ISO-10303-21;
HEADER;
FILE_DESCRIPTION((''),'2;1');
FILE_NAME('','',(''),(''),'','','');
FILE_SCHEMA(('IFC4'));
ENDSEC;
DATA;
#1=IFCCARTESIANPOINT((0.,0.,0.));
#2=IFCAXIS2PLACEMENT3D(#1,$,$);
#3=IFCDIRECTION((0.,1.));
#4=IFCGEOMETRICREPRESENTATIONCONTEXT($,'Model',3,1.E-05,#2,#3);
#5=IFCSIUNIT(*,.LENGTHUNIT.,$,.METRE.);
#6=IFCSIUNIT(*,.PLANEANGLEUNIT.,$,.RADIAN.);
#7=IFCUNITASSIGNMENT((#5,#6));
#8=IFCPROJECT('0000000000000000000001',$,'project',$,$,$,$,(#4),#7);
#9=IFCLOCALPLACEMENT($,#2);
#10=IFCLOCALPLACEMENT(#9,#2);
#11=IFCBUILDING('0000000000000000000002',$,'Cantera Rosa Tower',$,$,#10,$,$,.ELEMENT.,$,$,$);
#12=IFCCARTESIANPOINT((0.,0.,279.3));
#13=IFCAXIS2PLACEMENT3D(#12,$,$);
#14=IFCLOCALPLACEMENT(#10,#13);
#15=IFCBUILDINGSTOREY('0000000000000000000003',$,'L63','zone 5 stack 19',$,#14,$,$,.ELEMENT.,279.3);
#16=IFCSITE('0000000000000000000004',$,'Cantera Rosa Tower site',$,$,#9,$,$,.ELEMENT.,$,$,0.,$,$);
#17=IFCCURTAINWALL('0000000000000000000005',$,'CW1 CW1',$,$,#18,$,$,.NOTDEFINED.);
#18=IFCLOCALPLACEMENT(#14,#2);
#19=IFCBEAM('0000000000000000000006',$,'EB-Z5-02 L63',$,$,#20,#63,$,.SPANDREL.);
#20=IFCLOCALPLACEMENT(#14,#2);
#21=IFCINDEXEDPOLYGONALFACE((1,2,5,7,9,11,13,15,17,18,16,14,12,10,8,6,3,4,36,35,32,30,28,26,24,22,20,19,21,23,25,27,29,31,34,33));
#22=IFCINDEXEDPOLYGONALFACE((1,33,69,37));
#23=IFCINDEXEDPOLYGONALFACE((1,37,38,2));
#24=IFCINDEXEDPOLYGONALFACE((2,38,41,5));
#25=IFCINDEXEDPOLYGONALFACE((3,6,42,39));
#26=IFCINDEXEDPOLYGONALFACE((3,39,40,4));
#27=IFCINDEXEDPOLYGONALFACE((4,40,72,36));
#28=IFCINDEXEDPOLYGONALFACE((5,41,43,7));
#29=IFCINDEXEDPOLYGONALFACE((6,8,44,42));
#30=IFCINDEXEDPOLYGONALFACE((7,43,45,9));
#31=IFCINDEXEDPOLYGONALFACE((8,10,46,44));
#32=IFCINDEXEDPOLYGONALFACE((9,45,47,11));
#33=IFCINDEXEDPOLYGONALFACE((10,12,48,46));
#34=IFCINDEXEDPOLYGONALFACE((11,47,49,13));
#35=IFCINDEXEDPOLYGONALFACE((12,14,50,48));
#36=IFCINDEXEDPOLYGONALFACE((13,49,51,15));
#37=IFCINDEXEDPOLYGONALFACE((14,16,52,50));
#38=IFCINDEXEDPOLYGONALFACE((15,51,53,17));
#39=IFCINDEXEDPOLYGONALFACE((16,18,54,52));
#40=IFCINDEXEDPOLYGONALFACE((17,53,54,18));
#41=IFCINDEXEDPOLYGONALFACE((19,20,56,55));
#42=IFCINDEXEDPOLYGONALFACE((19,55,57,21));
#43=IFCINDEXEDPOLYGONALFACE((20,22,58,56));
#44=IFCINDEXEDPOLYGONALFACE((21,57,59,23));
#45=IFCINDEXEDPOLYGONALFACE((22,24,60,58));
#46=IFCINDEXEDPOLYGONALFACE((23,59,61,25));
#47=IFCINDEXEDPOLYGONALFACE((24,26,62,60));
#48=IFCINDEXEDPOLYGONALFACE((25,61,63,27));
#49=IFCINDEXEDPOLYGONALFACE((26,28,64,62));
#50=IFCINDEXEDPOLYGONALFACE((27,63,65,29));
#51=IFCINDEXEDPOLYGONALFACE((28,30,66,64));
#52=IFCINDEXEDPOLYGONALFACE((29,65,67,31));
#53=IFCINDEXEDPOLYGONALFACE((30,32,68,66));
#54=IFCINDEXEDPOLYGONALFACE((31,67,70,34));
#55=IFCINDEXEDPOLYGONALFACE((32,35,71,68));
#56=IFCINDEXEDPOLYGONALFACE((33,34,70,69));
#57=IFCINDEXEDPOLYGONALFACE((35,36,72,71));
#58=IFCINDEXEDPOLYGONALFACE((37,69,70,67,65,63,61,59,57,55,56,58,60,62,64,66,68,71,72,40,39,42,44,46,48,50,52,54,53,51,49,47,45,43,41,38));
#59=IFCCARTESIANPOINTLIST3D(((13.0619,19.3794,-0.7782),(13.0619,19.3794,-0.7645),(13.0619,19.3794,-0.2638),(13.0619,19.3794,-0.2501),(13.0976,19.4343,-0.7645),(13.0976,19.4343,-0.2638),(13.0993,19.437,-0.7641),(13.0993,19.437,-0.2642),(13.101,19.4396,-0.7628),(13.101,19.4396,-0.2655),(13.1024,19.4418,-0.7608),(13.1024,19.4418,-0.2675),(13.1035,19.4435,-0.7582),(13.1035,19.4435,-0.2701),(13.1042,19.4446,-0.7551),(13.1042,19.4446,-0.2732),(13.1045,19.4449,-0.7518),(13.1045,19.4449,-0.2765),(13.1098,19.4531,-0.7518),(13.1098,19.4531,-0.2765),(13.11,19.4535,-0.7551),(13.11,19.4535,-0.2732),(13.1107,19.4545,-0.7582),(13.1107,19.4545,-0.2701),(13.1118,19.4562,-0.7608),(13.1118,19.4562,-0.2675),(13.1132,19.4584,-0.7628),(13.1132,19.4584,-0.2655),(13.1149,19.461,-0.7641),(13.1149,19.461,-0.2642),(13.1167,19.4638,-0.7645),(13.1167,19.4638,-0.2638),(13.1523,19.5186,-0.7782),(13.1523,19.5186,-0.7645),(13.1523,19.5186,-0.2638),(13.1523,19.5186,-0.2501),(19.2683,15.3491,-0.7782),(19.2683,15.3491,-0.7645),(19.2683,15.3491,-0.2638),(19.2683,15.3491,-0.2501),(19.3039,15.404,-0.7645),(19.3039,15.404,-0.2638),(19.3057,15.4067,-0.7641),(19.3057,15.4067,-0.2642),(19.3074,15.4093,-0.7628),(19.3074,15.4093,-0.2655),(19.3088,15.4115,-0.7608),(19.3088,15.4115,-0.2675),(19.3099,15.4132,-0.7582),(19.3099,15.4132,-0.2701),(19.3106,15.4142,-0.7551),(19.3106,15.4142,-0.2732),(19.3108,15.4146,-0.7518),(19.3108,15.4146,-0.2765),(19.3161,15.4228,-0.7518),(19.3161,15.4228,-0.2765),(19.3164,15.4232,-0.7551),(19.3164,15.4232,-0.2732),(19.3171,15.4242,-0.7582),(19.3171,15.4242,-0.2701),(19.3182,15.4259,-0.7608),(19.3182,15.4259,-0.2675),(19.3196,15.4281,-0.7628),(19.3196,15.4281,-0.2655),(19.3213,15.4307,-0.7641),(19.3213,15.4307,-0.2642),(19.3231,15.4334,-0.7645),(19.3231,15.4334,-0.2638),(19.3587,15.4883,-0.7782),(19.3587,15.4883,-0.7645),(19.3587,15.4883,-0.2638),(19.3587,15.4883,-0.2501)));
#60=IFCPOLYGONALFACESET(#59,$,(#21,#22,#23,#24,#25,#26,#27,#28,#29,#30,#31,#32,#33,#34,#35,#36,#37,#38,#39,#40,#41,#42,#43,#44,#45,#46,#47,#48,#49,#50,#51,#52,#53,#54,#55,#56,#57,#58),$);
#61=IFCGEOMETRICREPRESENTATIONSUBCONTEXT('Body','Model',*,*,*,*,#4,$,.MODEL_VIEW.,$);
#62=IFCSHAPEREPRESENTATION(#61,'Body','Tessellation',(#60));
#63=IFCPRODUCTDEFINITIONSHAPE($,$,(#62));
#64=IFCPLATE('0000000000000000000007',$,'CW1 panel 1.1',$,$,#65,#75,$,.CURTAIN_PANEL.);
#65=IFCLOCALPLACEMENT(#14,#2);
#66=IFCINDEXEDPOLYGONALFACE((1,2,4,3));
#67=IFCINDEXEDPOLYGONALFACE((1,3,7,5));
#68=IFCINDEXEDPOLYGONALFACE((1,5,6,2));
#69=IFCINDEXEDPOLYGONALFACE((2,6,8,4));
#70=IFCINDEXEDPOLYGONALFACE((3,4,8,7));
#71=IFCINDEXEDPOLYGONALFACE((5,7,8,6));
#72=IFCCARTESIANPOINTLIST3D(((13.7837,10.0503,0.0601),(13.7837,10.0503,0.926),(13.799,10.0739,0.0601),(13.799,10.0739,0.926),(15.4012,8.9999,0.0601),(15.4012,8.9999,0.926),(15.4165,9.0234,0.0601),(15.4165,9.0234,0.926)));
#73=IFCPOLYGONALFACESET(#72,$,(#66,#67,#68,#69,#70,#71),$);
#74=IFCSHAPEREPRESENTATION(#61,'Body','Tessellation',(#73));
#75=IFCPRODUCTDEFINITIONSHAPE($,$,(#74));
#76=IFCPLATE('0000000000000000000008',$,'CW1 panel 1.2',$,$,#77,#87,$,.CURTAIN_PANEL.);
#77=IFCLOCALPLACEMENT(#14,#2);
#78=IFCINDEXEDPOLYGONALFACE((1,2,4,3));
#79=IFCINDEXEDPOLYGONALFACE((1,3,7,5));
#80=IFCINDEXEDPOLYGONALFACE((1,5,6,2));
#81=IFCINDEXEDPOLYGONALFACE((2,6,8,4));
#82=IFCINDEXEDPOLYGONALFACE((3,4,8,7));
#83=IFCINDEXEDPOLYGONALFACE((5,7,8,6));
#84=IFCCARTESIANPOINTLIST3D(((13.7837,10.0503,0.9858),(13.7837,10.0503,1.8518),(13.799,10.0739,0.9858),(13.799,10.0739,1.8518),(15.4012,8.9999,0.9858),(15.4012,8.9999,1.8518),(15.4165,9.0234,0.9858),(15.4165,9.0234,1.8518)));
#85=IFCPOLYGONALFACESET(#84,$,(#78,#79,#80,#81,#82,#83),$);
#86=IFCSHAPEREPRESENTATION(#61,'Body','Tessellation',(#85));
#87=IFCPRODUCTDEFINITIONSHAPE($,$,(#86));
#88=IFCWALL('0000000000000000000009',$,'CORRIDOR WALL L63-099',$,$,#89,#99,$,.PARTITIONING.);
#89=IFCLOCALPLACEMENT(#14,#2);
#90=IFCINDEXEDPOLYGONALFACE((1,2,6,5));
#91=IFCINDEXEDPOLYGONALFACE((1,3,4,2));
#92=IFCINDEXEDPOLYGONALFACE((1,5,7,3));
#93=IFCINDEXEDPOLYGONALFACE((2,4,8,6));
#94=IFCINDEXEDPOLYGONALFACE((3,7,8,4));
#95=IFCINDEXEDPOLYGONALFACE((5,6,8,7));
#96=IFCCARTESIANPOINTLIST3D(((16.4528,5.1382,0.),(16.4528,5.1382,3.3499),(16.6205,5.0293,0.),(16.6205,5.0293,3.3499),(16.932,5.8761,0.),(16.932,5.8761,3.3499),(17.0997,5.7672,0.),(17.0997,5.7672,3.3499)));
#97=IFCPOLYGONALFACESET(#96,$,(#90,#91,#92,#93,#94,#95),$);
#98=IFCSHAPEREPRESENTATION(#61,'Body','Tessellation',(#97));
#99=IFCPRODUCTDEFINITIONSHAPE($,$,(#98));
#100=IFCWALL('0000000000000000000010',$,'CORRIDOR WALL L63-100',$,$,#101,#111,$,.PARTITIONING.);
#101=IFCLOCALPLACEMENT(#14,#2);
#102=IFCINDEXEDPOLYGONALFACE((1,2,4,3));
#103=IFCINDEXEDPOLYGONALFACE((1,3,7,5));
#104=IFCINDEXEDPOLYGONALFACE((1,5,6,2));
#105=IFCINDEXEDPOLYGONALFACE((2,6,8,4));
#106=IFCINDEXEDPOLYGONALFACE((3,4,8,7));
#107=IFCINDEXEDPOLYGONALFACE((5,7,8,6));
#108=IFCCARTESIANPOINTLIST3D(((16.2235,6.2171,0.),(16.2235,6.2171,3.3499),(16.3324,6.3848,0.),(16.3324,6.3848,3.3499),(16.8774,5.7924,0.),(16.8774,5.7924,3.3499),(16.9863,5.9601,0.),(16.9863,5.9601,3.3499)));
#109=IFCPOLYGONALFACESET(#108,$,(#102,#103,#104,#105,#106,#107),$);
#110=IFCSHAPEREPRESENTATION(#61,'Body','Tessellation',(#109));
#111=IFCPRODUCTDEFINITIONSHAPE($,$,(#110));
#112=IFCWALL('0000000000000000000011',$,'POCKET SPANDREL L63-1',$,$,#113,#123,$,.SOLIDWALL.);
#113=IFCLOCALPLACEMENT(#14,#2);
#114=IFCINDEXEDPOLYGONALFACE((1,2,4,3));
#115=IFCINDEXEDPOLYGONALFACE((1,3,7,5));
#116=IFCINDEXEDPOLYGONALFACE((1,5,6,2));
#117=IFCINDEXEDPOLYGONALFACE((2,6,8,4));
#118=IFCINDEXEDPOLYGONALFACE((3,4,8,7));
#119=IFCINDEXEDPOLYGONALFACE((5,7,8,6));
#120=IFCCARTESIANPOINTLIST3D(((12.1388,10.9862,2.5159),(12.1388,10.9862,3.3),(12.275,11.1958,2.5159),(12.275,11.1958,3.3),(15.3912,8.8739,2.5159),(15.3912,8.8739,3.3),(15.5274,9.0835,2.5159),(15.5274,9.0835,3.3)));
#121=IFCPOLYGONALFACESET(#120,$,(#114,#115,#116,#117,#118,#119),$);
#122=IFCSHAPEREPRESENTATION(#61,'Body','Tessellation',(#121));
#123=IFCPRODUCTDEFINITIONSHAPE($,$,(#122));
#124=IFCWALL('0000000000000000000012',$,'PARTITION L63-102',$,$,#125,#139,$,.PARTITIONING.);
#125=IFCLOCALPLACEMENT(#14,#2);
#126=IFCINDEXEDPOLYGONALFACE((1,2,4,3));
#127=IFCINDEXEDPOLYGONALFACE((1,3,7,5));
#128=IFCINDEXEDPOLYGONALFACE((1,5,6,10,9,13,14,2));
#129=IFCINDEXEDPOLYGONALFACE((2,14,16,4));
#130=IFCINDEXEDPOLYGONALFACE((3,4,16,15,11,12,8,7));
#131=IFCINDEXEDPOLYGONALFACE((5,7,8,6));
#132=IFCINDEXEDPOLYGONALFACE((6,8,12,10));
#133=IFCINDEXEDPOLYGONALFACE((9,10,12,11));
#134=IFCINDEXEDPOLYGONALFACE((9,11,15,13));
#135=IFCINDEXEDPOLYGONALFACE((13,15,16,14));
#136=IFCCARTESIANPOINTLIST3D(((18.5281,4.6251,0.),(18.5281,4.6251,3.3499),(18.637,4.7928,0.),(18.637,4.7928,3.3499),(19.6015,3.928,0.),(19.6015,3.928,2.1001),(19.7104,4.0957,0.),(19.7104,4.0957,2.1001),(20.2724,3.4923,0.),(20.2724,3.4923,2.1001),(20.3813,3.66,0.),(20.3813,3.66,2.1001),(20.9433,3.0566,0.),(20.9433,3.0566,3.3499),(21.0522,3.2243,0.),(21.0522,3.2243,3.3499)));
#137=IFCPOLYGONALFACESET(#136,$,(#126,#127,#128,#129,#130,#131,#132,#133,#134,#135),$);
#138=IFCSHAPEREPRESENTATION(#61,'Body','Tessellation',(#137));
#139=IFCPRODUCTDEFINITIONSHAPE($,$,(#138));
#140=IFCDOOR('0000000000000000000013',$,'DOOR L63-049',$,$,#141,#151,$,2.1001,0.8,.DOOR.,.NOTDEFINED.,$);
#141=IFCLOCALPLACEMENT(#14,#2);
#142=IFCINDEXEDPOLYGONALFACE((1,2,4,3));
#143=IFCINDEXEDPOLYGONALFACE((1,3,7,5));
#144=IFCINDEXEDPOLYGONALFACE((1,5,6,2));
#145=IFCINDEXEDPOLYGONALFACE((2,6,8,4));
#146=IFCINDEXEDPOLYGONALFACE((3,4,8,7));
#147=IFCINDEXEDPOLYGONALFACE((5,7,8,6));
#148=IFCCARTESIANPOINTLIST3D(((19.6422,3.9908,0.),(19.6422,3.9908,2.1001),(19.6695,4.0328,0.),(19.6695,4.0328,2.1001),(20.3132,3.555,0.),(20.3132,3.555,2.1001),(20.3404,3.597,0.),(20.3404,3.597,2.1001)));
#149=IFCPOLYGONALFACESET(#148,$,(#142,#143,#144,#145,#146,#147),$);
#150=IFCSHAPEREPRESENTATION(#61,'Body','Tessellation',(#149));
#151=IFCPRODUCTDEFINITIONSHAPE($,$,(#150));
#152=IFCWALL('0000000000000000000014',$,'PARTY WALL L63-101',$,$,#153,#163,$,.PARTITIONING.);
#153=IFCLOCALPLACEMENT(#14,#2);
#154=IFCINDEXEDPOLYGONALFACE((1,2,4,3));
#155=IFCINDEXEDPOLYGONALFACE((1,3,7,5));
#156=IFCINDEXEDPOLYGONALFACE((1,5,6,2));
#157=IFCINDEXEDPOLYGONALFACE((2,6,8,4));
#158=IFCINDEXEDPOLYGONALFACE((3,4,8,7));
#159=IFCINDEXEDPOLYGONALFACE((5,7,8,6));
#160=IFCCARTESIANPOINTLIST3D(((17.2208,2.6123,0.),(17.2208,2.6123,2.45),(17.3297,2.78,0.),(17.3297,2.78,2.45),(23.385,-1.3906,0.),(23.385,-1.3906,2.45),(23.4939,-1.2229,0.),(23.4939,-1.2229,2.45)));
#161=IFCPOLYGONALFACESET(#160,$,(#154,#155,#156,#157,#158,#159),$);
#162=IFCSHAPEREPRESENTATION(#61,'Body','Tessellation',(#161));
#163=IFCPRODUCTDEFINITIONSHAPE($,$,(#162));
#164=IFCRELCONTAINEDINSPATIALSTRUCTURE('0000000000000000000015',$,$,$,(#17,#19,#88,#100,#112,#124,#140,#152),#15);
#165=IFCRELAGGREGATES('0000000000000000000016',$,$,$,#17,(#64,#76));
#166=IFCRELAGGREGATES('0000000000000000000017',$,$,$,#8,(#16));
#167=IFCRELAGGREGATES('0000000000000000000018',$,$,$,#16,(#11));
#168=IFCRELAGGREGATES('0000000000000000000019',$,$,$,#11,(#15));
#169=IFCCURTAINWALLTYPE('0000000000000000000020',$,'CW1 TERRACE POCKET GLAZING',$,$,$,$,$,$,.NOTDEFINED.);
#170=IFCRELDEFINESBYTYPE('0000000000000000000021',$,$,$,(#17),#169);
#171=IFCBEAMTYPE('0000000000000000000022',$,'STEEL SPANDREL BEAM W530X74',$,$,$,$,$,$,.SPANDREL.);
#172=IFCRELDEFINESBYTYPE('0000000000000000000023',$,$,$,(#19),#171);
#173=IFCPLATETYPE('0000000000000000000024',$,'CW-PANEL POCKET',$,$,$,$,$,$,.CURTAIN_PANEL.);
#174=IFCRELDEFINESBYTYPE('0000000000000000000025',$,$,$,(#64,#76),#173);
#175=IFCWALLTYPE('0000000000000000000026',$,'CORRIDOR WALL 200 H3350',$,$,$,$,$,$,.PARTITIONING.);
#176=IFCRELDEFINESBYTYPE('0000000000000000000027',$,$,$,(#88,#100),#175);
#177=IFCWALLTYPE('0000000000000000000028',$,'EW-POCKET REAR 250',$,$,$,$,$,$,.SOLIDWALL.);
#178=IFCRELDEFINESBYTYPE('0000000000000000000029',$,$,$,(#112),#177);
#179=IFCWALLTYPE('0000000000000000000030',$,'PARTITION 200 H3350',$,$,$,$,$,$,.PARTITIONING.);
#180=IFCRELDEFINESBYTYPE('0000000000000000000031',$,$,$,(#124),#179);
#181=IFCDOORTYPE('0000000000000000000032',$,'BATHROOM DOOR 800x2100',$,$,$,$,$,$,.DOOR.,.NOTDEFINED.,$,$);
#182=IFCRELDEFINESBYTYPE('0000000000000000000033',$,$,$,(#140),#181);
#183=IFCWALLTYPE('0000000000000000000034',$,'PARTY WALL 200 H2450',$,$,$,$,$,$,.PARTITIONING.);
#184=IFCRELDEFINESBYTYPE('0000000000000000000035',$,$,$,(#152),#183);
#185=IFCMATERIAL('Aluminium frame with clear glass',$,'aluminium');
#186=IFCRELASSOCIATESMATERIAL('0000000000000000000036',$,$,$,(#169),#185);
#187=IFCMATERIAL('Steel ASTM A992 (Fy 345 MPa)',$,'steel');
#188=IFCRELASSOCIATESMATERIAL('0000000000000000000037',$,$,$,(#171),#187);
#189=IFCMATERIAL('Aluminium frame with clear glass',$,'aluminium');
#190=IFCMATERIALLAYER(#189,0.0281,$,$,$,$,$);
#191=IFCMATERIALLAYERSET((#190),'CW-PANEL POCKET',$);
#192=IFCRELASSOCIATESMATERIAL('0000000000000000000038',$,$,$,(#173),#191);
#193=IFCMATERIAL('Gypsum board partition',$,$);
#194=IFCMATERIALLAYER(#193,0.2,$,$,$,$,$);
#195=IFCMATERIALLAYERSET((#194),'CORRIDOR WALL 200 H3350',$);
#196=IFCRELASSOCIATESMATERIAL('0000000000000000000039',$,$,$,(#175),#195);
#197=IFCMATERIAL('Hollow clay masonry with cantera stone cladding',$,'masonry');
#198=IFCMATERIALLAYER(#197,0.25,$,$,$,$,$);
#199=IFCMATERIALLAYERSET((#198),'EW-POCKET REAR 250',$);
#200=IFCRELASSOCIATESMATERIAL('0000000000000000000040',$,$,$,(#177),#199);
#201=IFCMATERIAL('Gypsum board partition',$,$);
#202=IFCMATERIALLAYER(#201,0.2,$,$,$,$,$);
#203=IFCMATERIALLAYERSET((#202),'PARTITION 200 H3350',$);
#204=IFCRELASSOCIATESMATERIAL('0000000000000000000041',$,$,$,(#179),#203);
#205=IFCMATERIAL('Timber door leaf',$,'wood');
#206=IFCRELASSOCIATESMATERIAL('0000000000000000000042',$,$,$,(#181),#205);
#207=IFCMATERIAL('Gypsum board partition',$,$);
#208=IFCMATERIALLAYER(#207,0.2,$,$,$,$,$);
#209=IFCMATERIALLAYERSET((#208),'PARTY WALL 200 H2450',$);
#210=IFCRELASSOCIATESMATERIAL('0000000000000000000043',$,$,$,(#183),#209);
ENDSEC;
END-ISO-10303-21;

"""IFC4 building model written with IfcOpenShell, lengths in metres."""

from ifc_helpers import new_model, si_unit, direction, frame, frame_2d, origin, origin_2d, place, context, subcontext, project, spatial, rectangle, i_section, extrude, material, layer, layer_set, material_profile, profile_set, type_object, element, fill, aggregate, save


model = new_model("IFC4")

# Units and contexts
model_context = context("Model", 3, precision=1e-05, world=origin(), true_north=direction((0.0, 1.0)))
body_context = subcontext(model_context, "Body", "Model", "MODEL_VIEW")
ifc_project = project(units=[si_unit("LENGTHUNIT", "METRE"), si_unit("PLANEANGLEUNIT", "RADIAN")], contexts=[model_context])

# Site, building, storey
site_placement = place(None, origin())
site = spatial("IfcSite", under=ifc_project, at=site_placement, Name="Cantera Rosa Tower site", CompositionType="ELEMENT", RefElevation=0.0)
building_placement = place(site_placement, origin())
building = spatial("IfcBuilding", under=site, at=building_placement, Name="Cantera Rosa Tower", CompositionType="ELEMENT")
storey_placement = place(building_placement, frame((0.0, 0.0, 279.3)))
storey = spatial("IfcBuildingStorey", under=building, at=storey_placement, Name="L63", Description="zone 5 stack 19", CompositionType="ELEMENT", Elevation=279.3)

# Curtain wall
ifc_material_1 = material(Name="Aluminium frame with clear glass", Category="aluminium")
curtain_wall_type = type_object("IfcCurtainWallType", Name="CW1 TERRACE POCKET GLAZING", PredefinedType="NOTDEFINED", material=ifc_material_1)
curtain_wall_placement = place(storey_placement, origin())
curtain_wall = element("IfcCurtainWall", 1, at=curtain_wall_placement, inside=storey, type_object=curtain_wall_type, Name="CW1 CW1", PredefinedType="NOTDEFINED")

# Beam
ifc_material_2 = material(Name="Steel ASTM A992 (Fy 345 MPa)", Category="steel")
ifc_material_profile_1 = material_profile(ifc_material_2, i_section(OverallWidth=0.166, OverallDepth=0.5281, WebThickness=0.0098, FlangeThickness=0.0137, FilletRadius=0.0127, at=origin_2d()), Name="W530X74")
ifc_profile_set_1 = profile_set([ifc_material_profile_1], Name="Steel ASTM A992 (Fy 345 MPa)")
beam_type_1 = type_object("IfcBeamType", Name="STEEL SPANDREL BEAM W530X74", PredefinedType="SPANDREL", material=ifc_profile_set_1)
beam_1_placement = place(storey_placement, frame((19.3135, 15.4187, -0.5142), z_axis=(-0.838679, 0.544625, 0.0), x_axis=(-0.544625, -0.838679, 0.0)))
element("IfcBeam", 2, at=beam_1_placement, inside=storey, type_object=beam_type_1, Name="EB-Z5-02 L63", PredefinedType="SPANDREL", context=body_context, shape_type="SweptSolid", body=[
    extrude(i_section(OverallWidth=0.166, OverallDepth=0.5281, WebThickness=0.0098, FlangeThickness=0.0137, FilletRadius=0.0127, at=origin_2d()), origin(), (0.0, 0.0, 1.0), 7.4001),
])

# Plates
ifc_material_3 = material(Name="Aluminium frame with clear glass", Category="aluminium")
ifc_layer_1 = layer(ifc_material_3, 0.0281)
ifc_layer_set_1 = layer_set([ifc_layer_1], Name="CW-PANEL POCKET")
plate_type = type_object("IfcPlateType", Name="CW-PANEL POCKET", PredefinedType="CURTAIN_PANEL", material=ifc_layer_set_1)
plate_1_placement = place(storey_placement, frame((14.6001, 9.5369, 0.0601), z_axis=(0.0, 0.0, 1.0), x_axis=(-0.838671, 0.544639, 0.0)))
plate_1 = element("IfcPlate", 3, at=plate_1_placement, type_object=plate_type, Name="CW1 panel 1.1", PredefinedType="CURTAIN_PANEL", context=body_context, shape_type="SweptSolid", body=[
    extrude(rectangle(XDim=1.9287, YDim=0.0281, at=origin_2d()), origin(), (0.0, 0.0, 1.0), 0.866),
])
plate_2_placement = place(storey_placement, frame((14.6001, 9.5369, 0.9858), z_axis=(0.0, 0.0, 1.0), x_axis=(-0.838671, 0.544639, 0.0)))
plate_2 = element("IfcPlate", 4, at=plate_2_placement, type_object=plate_type, Name="CW1 panel 1.2", PredefinedType="CURTAIN_PANEL", context=body_context, shape_type="SweptSolid", body=[
    extrude(rectangle(XDim=1.9287, YDim=0.0281, at=origin_2d()), origin(), (0.0, 0.0, 1.0), 0.866),
])
aggregate(curtain_wall, [plate_1, plate_2])

# Walls
ifc_material_4 = material(Name="Gypsum board partition")
ifc_layer_2 = layer(ifc_material_4, 0.2)
ifc_layer_set_2 = layer_set([ifc_layer_2], Name="CORRIDOR WALL 200 H3350")
wall_type_1 = type_object("IfcWallType", Name="CORRIDOR WALL 200 H3350", PredefinedType="PARTITIONING", material=ifc_layer_set_2)
wall_1_placement = place(storey_placement, frame((16.5366, 5.0837, 0.0), z_axis=(0.0, 0.0, 1.0), x_axis=(0.544608, 0.838691, 0.0)))
element("IfcWall", 5, at=wall_1_placement, inside=storey, type_object=wall_type_1, Name="CORRIDOR WALL L63-099", PredefinedType="PARTITIONING", context=body_context, shape_type="SweptSolid", body=[
    extrude(rectangle(XDim=0.8799, YDim=0.2, at=frame_2d((0.4399, 0.0))), origin(), (0.0, 0.0, 1.0), 3.3499),
])
wall_2_placement = place(storey_placement, frame((16.9319, 5.8762, 0.0), z_axis=(0.0, 0.0, 1.0), x_axis=(-0.838637, 0.544691, 0.0)))
element("IfcWall", 6, at=wall_2_placement, inside=storey, type_object=wall_type_1, Name="CORRIDOR WALL L63-100", PredefinedType="PARTITIONING", context=body_context, shape_type="SweptSolid", body=[
    extrude(rectangle(XDim=0.7798, YDim=0.2, at=frame_2d((0.3899, 0.0))), origin(), (0.0, 0.0, 1.0), 3.3499),
])
ifc_material_5 = material(Name="Hollow clay masonry with cantera stone cladding", Category="masonry")
ifc_layer_3 = layer(ifc_material_5, 0.25)
ifc_layer_set_3 = layer_set([ifc_layer_3], Name="EW-POCKET REAR 250")
wall_type_2 = type_object("IfcWallType", Name="EW-POCKET REAR 250", PredefinedType="SOLIDWALL", material=ifc_layer_set_3)
wall_3_placement = place(storey_placement, frame((15.4592, 8.9788, 2.5159), z_axis=(0.0, 0.0, 1.0), x_axis=(-0.838654, 0.544665, 0.0)))
element("IfcWall", 7, at=wall_3_placement, inside=storey, type_object=wall_type_2, Name="POCKET SPANDREL L63-1", PredefinedType="SOLIDWALL", context=body_context, shape_type="SweptSolid", body=[
    extrude(rectangle(XDim=3.8782, YDim=0.25, at=frame_2d((1.939, 0.0))), origin(), (0.0, 0.0, 1.0), 0.7842),
])

# Wall, opening, door
ifc_material_6 = material(Name="Gypsum board partition")
ifc_layer_4 = layer(ifc_material_6, 0.2)
ifc_layer_set_4 = layer_set([ifc_layer_4], Name="PARTITION 200 H3350")
wall_type_3 = type_object("IfcWallType", Name="PARTITION 200 H3350", PredefinedType="PARTITIONING", material=ifc_layer_set_4)
wall_4_placement = place(storey_placement, frame((18.5825, 4.709, 0.0), z_axis=(0.0, 0.0, 1.0), x_axis=(0.838655, -0.544664, 0.0)))
wall_4 = element("IfcWall", 8, at=wall_4_placement, inside=storey, type_object=wall_type_3, Name="PARTITION L63-102", PredefinedType="PARTITIONING", context=body_context, shape_type="SweptSolid", body=[
    extrude(rectangle(XDim=2.8799, YDim=0.2, at=frame_2d((1.4399, 0.0))), origin(), (0.0, 0.0, 1.0), 3.3499),
])
opening_1_placement = place(wall_4_placement, frame((1.28, 0.0, 0.0)))
opening_1 = element("IfcOpeningElement", 9, at=opening_1_placement, cuts=wall_4, PredefinedType="OPENING", context=body_context, shape_type="SweptSolid", body=[
    extrude(rectangle(XDim=0.8, YDim=2.1001, at=frame_2d((0.3999, 1.05))), frame((0.0, 0.1099, 0.0), z_axis=(0.0, -1.0, 0.0), x_axis=(1.0, 0.0, 0.0)), (0.0, 0.0, 1.0), 0.22),
])
ifc_material_7 = material(Name="Timber door leaf", Category="wood")
door_type_1 = type_object("IfcDoorType", Name="BATHROOM DOOR 800x2100", OperationType="NOTDEFINED", PredefinedType="DOOR", material=ifc_material_7)
door_1_placement = place(opening_1_placement, origin())
door_1 = element("IfcDoor", 10, at=door_1_placement, inside=storey, type_object=door_type_1, Name="DOOR L63-049", OperationType="NOTDEFINED", OverallHeight=2.1001, OverallWidth=0.8, PredefinedType="DOOR", context=body_context, shape_type="SweptSolid", body=[
    extrude(rectangle(XDim=0.8, YDim=2.1001, at=frame_2d((0.3999, 1.05))), frame((0.0, 0.0249, 0.0), z_axis=(0.0, -1.0, 0.0), x_axis=(1.0, 0.0, 0.0)), (0.0, 0.0, 1.0), 0.05),
])
fill(opening_1, door_1)

# Wall
ifc_material_8 = material(Name="Gypsum board partition")
ifc_layer_5 = layer(ifc_material_8, 0.2)
ifc_layer_set_5 = layer_set([ifc_layer_5], Name="PARTY WALL 200 H2450")
wall_type_4 = type_object("IfcWallType", Name="PARTY WALL 200 H2450", PredefinedType="PARTITIONING", material=ifc_layer_set_5)
wall_5_placement = place(storey_placement, frame((17.2754, 2.696, 0.0), z_axis=(0.0, 0.0, 1.0), x_axis=(0.838684, -0.544618, 0.0)))
element("IfcWall", 11, at=wall_5_placement, inside=storey, type_object=wall_type_4, Name="PARTY WALL L63-101", PredefinedType="PARTITIONING", context=body_context, shape_type="SweptSolid", body=[
    extrude(rectangle(XDim=7.3499, YDim=0.2, at=frame_2d((3.6748, 0.0))), origin(), (0.0, 0.0, 1.0), 2.45),
])

save(model, "model.ifc")
